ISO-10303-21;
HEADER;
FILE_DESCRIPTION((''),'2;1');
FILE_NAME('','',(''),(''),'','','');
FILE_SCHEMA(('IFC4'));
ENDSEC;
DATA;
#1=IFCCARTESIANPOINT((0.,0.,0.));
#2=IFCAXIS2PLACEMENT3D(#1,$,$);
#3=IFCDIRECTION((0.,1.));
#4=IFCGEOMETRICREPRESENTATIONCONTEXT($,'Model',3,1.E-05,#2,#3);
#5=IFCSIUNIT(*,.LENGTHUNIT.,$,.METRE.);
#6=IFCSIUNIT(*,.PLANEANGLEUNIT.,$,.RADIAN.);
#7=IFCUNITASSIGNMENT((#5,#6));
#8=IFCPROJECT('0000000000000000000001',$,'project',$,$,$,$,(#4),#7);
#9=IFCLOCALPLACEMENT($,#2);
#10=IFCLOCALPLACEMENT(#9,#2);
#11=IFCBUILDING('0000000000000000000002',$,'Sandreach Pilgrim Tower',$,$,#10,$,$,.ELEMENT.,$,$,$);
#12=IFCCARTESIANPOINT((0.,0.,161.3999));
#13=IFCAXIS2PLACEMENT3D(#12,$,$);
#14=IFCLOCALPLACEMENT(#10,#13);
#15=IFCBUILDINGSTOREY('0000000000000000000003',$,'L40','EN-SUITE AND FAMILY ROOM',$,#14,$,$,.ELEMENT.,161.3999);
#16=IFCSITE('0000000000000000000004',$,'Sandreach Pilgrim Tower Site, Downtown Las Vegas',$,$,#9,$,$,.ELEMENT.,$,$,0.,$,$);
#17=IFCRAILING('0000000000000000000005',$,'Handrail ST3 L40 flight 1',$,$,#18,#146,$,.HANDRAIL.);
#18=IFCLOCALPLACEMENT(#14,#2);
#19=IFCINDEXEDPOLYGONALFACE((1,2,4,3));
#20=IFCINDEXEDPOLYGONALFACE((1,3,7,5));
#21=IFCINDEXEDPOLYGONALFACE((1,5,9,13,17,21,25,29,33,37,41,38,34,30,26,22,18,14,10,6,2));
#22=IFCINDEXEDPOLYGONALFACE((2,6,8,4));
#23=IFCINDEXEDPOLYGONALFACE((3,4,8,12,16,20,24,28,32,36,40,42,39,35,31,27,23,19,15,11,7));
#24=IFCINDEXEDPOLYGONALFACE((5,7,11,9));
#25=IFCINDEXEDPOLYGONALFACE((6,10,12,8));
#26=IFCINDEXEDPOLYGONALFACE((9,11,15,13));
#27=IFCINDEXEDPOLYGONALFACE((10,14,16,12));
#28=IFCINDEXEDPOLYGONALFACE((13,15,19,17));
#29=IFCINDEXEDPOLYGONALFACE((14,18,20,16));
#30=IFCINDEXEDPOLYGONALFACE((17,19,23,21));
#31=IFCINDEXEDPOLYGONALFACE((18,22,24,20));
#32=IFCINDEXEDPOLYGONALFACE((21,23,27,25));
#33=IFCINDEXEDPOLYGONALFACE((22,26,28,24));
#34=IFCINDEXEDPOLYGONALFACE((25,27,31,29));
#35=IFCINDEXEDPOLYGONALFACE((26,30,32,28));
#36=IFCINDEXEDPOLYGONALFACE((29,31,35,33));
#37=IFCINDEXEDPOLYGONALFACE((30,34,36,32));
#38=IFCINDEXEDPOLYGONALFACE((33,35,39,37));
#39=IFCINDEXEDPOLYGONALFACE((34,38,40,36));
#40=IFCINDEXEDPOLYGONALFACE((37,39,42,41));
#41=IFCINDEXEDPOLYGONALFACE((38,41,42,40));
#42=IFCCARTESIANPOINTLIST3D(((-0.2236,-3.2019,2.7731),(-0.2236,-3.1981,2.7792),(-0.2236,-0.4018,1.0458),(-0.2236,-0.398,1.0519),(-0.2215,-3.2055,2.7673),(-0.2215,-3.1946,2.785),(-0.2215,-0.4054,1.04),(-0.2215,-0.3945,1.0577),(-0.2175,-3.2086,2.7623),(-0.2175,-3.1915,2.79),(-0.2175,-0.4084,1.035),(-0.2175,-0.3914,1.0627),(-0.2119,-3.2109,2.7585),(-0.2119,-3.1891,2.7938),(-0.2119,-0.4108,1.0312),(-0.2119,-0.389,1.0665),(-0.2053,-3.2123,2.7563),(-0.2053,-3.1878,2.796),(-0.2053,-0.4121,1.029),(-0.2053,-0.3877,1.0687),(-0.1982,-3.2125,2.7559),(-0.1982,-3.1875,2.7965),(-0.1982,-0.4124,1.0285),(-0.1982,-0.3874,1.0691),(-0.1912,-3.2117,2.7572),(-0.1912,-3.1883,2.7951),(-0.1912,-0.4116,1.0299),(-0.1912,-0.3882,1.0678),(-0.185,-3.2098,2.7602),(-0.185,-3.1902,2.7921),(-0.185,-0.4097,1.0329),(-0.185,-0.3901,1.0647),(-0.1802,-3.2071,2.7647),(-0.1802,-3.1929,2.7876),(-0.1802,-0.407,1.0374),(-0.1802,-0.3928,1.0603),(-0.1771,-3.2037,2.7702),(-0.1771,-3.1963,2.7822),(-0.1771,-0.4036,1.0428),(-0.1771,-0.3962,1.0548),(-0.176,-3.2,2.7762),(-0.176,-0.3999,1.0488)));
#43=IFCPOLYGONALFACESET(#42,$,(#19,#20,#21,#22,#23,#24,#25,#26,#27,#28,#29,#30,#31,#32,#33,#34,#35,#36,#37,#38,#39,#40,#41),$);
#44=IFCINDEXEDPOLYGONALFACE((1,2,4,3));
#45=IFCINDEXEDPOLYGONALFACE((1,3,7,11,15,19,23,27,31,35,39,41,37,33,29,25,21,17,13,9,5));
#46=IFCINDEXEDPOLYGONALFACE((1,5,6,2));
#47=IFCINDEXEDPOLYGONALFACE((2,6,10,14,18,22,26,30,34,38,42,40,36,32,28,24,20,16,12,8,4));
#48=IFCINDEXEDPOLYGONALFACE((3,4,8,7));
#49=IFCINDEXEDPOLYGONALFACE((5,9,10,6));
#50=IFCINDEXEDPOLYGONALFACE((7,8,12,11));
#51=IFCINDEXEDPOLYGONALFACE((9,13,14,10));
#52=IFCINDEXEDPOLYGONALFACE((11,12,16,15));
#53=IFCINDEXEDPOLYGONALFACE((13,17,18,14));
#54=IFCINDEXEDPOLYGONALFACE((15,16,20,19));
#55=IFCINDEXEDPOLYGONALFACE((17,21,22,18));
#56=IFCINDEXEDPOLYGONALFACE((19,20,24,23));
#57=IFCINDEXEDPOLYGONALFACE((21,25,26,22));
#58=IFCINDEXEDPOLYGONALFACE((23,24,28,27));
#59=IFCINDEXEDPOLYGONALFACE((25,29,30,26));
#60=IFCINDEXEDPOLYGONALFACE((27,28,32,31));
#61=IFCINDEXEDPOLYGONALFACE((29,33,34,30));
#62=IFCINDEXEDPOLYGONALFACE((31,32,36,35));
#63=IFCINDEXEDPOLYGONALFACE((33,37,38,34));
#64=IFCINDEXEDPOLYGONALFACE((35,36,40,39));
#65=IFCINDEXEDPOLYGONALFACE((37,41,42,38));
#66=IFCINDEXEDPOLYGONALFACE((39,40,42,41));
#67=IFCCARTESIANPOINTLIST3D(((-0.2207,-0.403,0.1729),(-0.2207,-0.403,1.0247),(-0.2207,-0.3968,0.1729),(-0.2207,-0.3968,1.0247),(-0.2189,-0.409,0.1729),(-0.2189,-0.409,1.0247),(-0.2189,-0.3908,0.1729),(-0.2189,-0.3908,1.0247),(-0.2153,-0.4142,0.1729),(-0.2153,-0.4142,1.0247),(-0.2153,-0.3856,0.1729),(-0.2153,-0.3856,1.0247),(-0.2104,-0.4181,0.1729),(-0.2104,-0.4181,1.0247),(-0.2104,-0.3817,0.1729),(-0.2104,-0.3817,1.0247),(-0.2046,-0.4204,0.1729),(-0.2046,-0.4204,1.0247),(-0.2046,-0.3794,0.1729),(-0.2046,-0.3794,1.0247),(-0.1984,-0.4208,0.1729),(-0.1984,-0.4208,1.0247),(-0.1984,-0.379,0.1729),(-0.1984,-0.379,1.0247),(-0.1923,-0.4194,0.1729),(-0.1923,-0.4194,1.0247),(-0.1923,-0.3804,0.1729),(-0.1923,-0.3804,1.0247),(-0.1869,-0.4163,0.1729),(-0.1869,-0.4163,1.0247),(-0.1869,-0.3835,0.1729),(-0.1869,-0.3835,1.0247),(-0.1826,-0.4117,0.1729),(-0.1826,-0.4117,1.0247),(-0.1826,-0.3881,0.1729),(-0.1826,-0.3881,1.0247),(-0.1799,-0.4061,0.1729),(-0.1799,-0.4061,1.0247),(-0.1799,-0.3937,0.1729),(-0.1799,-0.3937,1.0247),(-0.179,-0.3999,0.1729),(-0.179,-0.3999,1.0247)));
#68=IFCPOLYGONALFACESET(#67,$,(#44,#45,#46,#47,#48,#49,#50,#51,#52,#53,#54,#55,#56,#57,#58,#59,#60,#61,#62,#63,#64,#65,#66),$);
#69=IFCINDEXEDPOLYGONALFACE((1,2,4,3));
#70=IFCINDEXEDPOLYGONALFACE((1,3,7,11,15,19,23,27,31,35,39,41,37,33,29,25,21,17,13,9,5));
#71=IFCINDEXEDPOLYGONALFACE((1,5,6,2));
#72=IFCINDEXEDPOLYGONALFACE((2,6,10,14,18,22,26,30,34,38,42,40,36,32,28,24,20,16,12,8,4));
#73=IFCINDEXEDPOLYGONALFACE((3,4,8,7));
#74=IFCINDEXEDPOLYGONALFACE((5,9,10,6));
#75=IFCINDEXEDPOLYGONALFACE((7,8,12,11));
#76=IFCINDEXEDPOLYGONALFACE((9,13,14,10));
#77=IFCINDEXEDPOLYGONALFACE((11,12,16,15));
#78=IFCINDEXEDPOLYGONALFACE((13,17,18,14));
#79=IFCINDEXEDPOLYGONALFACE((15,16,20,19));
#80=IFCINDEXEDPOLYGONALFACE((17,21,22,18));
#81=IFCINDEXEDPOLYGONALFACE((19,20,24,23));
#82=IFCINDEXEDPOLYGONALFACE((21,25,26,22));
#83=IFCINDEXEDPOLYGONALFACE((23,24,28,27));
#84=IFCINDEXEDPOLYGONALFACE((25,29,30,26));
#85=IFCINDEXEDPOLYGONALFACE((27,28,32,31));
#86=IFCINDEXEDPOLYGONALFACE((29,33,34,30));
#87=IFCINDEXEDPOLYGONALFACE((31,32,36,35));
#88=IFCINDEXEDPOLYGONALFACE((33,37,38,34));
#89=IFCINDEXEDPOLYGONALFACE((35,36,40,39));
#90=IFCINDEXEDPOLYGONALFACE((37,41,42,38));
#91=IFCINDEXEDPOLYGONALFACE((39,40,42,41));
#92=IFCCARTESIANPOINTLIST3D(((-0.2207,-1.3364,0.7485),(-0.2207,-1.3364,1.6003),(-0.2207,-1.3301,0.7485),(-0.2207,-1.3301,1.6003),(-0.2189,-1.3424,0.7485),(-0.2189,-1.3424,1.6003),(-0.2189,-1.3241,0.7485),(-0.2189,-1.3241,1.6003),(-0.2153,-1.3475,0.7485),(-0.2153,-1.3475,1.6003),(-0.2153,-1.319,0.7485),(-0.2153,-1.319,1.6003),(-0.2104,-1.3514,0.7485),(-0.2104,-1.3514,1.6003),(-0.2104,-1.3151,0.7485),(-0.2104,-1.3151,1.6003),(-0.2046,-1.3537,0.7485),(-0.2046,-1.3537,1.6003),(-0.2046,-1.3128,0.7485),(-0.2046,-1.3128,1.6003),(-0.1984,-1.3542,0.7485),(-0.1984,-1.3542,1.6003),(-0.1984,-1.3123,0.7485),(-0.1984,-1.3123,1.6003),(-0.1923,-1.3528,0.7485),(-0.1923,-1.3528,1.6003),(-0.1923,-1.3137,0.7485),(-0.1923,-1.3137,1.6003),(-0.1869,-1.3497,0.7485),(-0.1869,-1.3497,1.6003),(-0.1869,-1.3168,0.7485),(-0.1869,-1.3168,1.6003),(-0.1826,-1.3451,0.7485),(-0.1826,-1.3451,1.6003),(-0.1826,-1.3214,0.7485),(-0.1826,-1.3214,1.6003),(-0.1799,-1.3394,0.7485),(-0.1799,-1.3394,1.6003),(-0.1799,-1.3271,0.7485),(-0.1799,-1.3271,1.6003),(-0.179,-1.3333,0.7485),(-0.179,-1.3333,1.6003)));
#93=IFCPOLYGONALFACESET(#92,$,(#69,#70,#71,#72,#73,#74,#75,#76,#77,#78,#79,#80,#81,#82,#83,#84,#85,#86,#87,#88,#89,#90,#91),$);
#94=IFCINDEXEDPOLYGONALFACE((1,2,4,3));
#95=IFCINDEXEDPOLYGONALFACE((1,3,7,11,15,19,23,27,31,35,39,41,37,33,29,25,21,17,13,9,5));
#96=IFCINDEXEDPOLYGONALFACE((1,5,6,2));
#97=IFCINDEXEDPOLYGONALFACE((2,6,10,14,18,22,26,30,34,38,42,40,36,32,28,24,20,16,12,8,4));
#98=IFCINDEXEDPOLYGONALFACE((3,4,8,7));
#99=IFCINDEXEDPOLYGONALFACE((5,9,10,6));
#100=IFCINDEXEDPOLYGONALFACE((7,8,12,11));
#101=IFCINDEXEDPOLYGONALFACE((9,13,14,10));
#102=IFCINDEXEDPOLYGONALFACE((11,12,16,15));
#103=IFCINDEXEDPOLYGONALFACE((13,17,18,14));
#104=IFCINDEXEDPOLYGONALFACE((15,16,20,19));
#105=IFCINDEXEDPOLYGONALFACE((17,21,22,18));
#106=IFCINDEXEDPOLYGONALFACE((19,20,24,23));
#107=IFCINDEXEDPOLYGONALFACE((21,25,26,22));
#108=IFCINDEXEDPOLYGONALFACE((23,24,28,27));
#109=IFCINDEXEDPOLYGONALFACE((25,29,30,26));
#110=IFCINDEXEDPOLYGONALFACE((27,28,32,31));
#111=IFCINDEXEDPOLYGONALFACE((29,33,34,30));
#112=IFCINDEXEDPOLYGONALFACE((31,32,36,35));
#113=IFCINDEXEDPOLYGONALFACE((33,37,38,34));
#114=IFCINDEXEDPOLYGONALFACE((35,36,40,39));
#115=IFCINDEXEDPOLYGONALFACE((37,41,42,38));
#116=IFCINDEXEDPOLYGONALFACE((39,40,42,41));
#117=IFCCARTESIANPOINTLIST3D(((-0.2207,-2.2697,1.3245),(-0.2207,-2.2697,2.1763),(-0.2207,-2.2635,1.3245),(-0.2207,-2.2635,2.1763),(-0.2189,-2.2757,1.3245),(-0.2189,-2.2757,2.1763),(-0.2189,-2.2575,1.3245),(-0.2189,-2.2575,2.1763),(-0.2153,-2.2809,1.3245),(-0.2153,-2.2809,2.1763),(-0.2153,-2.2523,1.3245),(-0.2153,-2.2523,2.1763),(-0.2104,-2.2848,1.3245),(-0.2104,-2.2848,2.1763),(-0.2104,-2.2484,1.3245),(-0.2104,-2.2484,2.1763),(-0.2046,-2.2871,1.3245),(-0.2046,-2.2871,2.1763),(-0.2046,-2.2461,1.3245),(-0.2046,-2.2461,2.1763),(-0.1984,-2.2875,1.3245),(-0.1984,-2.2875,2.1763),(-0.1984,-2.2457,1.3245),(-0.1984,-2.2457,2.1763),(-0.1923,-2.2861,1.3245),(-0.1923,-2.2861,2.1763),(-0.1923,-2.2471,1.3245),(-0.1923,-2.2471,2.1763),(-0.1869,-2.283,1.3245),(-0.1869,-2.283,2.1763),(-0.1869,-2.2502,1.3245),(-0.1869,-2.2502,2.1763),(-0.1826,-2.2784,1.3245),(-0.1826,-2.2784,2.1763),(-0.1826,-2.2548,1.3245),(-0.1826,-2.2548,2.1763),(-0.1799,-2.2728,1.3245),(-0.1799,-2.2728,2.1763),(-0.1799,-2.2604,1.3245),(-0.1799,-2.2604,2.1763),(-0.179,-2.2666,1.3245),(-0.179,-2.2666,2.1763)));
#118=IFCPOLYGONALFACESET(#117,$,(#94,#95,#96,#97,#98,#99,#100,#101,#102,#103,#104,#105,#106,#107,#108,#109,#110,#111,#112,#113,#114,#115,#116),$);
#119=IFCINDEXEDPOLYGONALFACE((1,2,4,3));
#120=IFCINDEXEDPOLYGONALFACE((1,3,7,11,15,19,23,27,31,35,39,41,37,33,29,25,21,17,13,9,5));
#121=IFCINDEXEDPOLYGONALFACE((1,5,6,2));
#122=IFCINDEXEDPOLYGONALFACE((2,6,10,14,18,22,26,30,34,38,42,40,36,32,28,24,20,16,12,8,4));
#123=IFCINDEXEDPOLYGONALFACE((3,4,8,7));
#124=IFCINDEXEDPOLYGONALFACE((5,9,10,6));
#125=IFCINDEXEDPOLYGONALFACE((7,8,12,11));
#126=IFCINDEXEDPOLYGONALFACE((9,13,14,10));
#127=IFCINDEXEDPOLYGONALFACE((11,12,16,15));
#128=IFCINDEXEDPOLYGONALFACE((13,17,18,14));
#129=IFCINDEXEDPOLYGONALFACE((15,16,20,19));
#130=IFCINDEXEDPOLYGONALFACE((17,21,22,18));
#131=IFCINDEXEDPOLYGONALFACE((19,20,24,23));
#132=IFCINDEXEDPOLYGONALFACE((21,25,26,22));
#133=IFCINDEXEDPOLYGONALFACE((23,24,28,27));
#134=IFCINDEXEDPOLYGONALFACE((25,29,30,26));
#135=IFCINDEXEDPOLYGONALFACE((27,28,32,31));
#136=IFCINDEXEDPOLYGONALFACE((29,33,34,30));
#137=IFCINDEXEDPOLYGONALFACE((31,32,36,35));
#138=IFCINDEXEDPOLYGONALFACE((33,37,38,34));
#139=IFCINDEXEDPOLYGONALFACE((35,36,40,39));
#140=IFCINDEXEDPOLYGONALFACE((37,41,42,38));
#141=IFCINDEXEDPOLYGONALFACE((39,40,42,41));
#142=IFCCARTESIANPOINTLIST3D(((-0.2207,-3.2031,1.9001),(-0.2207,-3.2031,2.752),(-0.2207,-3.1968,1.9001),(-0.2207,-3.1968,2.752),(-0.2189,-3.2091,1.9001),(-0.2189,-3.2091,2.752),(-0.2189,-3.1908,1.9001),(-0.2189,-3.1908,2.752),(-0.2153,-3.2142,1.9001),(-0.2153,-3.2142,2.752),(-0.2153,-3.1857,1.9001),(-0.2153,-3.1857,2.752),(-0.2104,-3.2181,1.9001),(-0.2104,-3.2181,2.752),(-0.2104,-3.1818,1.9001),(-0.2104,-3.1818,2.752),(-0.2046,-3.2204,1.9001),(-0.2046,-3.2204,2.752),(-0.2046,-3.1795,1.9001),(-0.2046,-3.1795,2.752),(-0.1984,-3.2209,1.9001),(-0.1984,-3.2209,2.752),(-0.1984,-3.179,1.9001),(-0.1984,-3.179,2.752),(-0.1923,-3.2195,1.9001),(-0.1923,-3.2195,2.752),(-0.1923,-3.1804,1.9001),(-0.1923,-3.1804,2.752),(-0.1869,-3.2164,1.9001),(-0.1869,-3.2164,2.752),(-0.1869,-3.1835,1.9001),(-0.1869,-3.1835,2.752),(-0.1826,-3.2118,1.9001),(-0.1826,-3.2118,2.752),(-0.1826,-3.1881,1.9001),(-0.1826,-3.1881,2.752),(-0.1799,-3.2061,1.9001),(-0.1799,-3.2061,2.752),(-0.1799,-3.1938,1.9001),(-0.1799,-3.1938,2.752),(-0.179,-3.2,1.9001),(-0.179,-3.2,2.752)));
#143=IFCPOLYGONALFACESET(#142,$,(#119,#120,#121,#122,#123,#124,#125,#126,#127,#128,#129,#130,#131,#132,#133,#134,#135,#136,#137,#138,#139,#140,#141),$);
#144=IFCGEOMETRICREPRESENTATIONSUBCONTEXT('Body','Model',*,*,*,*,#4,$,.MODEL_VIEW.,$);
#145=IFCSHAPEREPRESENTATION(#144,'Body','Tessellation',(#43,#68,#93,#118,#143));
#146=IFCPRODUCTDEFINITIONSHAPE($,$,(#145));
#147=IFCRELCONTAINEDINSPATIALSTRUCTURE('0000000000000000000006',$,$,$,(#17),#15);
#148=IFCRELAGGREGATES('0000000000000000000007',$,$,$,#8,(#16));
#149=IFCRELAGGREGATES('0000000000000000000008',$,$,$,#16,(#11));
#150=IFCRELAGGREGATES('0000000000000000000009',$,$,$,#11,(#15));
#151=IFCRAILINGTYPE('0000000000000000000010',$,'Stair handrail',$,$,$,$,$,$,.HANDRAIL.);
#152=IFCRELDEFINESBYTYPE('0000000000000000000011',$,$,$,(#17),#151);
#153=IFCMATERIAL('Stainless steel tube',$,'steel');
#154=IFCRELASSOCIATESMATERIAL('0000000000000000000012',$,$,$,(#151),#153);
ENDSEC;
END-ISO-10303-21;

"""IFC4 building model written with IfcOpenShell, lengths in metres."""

from ifc_helpers import new_model, si_unit, direction, frame, origin, origin_2d, place, context, subcontext, project, spatial, circle, extrude, material, type_object, element, save


model = new_model("IFC4")

# Units and contexts
model_context = context("Model", 3, precision=1e-05, world=origin(), true_north=direction((0.0, 1.0)))
body_context = subcontext(model_context, "Body", "Model", "MODEL_VIEW")
ifc_project = project(units=[si_unit("LENGTHUNIT", "METRE"), si_unit("PLANEANGLEUNIT", "RADIAN")], contexts=[model_context])

# Site, building, storey
site_placement = place(None, origin())
site = spatial("IfcSite", under=ifc_project, at=site_placement, Name="Sandreach Pilgrim Tower Site, Downtown Las Vegas", CompositionType="ELEMENT", RefElevation=0.0)
building_placement = place(site_placement, origin())
building = spatial("IfcBuilding", under=site, at=building_placement, Name="Sandreach Pilgrim Tower", CompositionType="ELEMENT")
storey_placement = place(building_placement, frame((0.0, 0.0, 161.3999)))
storey = spatial("IfcBuildingStorey", under=building, at=storey_placement, Name="L40", Description="EN-SUITE AND FAMILY ROOM", CompositionType="ELEMENT", Elevation=161.3999)

# Railing
ifc_material_1 = material(Name="Stainless steel tube", Category="steel")
railing_type = type_object("IfcRailingType", Name="Stair handrail", PredefinedType="HANDRAIL", material=ifc_material_1)
for number, where, name in (
    (1, (-0.2, -0.3999, 0.1729), "Handrail ST3 L40 flight 1"),
):
    element("IfcRailing", number, at=place(storey_placement, frame(where)), inside=storey, type_object=railing_type, Name=name, PredefinedType="HANDRAIL", context=body_context, shape_type="SweptSolid", body=[
        extrude(circle(Radius=0.0239, at=origin_2d()), frame((0.0, 0.0, 0.876), z_axis=(0.0, -0.85109, 0.52502), x_axis=(1.0, 0.0, 0.0)), (0.0, 0.0, 1.0), 3.29),
        extrude(circle(Radius=0.021, at=origin_2d()), origin(), (0.0, 0.0, 1.0), 0.8518),
        extrude(circle(Radius=0.021, at=origin_2d()), frame((0.0, -0.9333, 0.5757)), (0.0, 0.0, 1.0), 0.8518),
        extrude(circle(Radius=0.021, at=origin_2d()), frame((0.0, -1.8667, 1.1516)), (0.0, 0.0, 1.0), 0.8518),
        extrude(circle(Radius=0.021, at=origin_2d()), frame((0.0, -2.8, 1.7273)), (0.0, 0.0, 1.0), 0.8518),
    ])

save(model, "model.ifc")
